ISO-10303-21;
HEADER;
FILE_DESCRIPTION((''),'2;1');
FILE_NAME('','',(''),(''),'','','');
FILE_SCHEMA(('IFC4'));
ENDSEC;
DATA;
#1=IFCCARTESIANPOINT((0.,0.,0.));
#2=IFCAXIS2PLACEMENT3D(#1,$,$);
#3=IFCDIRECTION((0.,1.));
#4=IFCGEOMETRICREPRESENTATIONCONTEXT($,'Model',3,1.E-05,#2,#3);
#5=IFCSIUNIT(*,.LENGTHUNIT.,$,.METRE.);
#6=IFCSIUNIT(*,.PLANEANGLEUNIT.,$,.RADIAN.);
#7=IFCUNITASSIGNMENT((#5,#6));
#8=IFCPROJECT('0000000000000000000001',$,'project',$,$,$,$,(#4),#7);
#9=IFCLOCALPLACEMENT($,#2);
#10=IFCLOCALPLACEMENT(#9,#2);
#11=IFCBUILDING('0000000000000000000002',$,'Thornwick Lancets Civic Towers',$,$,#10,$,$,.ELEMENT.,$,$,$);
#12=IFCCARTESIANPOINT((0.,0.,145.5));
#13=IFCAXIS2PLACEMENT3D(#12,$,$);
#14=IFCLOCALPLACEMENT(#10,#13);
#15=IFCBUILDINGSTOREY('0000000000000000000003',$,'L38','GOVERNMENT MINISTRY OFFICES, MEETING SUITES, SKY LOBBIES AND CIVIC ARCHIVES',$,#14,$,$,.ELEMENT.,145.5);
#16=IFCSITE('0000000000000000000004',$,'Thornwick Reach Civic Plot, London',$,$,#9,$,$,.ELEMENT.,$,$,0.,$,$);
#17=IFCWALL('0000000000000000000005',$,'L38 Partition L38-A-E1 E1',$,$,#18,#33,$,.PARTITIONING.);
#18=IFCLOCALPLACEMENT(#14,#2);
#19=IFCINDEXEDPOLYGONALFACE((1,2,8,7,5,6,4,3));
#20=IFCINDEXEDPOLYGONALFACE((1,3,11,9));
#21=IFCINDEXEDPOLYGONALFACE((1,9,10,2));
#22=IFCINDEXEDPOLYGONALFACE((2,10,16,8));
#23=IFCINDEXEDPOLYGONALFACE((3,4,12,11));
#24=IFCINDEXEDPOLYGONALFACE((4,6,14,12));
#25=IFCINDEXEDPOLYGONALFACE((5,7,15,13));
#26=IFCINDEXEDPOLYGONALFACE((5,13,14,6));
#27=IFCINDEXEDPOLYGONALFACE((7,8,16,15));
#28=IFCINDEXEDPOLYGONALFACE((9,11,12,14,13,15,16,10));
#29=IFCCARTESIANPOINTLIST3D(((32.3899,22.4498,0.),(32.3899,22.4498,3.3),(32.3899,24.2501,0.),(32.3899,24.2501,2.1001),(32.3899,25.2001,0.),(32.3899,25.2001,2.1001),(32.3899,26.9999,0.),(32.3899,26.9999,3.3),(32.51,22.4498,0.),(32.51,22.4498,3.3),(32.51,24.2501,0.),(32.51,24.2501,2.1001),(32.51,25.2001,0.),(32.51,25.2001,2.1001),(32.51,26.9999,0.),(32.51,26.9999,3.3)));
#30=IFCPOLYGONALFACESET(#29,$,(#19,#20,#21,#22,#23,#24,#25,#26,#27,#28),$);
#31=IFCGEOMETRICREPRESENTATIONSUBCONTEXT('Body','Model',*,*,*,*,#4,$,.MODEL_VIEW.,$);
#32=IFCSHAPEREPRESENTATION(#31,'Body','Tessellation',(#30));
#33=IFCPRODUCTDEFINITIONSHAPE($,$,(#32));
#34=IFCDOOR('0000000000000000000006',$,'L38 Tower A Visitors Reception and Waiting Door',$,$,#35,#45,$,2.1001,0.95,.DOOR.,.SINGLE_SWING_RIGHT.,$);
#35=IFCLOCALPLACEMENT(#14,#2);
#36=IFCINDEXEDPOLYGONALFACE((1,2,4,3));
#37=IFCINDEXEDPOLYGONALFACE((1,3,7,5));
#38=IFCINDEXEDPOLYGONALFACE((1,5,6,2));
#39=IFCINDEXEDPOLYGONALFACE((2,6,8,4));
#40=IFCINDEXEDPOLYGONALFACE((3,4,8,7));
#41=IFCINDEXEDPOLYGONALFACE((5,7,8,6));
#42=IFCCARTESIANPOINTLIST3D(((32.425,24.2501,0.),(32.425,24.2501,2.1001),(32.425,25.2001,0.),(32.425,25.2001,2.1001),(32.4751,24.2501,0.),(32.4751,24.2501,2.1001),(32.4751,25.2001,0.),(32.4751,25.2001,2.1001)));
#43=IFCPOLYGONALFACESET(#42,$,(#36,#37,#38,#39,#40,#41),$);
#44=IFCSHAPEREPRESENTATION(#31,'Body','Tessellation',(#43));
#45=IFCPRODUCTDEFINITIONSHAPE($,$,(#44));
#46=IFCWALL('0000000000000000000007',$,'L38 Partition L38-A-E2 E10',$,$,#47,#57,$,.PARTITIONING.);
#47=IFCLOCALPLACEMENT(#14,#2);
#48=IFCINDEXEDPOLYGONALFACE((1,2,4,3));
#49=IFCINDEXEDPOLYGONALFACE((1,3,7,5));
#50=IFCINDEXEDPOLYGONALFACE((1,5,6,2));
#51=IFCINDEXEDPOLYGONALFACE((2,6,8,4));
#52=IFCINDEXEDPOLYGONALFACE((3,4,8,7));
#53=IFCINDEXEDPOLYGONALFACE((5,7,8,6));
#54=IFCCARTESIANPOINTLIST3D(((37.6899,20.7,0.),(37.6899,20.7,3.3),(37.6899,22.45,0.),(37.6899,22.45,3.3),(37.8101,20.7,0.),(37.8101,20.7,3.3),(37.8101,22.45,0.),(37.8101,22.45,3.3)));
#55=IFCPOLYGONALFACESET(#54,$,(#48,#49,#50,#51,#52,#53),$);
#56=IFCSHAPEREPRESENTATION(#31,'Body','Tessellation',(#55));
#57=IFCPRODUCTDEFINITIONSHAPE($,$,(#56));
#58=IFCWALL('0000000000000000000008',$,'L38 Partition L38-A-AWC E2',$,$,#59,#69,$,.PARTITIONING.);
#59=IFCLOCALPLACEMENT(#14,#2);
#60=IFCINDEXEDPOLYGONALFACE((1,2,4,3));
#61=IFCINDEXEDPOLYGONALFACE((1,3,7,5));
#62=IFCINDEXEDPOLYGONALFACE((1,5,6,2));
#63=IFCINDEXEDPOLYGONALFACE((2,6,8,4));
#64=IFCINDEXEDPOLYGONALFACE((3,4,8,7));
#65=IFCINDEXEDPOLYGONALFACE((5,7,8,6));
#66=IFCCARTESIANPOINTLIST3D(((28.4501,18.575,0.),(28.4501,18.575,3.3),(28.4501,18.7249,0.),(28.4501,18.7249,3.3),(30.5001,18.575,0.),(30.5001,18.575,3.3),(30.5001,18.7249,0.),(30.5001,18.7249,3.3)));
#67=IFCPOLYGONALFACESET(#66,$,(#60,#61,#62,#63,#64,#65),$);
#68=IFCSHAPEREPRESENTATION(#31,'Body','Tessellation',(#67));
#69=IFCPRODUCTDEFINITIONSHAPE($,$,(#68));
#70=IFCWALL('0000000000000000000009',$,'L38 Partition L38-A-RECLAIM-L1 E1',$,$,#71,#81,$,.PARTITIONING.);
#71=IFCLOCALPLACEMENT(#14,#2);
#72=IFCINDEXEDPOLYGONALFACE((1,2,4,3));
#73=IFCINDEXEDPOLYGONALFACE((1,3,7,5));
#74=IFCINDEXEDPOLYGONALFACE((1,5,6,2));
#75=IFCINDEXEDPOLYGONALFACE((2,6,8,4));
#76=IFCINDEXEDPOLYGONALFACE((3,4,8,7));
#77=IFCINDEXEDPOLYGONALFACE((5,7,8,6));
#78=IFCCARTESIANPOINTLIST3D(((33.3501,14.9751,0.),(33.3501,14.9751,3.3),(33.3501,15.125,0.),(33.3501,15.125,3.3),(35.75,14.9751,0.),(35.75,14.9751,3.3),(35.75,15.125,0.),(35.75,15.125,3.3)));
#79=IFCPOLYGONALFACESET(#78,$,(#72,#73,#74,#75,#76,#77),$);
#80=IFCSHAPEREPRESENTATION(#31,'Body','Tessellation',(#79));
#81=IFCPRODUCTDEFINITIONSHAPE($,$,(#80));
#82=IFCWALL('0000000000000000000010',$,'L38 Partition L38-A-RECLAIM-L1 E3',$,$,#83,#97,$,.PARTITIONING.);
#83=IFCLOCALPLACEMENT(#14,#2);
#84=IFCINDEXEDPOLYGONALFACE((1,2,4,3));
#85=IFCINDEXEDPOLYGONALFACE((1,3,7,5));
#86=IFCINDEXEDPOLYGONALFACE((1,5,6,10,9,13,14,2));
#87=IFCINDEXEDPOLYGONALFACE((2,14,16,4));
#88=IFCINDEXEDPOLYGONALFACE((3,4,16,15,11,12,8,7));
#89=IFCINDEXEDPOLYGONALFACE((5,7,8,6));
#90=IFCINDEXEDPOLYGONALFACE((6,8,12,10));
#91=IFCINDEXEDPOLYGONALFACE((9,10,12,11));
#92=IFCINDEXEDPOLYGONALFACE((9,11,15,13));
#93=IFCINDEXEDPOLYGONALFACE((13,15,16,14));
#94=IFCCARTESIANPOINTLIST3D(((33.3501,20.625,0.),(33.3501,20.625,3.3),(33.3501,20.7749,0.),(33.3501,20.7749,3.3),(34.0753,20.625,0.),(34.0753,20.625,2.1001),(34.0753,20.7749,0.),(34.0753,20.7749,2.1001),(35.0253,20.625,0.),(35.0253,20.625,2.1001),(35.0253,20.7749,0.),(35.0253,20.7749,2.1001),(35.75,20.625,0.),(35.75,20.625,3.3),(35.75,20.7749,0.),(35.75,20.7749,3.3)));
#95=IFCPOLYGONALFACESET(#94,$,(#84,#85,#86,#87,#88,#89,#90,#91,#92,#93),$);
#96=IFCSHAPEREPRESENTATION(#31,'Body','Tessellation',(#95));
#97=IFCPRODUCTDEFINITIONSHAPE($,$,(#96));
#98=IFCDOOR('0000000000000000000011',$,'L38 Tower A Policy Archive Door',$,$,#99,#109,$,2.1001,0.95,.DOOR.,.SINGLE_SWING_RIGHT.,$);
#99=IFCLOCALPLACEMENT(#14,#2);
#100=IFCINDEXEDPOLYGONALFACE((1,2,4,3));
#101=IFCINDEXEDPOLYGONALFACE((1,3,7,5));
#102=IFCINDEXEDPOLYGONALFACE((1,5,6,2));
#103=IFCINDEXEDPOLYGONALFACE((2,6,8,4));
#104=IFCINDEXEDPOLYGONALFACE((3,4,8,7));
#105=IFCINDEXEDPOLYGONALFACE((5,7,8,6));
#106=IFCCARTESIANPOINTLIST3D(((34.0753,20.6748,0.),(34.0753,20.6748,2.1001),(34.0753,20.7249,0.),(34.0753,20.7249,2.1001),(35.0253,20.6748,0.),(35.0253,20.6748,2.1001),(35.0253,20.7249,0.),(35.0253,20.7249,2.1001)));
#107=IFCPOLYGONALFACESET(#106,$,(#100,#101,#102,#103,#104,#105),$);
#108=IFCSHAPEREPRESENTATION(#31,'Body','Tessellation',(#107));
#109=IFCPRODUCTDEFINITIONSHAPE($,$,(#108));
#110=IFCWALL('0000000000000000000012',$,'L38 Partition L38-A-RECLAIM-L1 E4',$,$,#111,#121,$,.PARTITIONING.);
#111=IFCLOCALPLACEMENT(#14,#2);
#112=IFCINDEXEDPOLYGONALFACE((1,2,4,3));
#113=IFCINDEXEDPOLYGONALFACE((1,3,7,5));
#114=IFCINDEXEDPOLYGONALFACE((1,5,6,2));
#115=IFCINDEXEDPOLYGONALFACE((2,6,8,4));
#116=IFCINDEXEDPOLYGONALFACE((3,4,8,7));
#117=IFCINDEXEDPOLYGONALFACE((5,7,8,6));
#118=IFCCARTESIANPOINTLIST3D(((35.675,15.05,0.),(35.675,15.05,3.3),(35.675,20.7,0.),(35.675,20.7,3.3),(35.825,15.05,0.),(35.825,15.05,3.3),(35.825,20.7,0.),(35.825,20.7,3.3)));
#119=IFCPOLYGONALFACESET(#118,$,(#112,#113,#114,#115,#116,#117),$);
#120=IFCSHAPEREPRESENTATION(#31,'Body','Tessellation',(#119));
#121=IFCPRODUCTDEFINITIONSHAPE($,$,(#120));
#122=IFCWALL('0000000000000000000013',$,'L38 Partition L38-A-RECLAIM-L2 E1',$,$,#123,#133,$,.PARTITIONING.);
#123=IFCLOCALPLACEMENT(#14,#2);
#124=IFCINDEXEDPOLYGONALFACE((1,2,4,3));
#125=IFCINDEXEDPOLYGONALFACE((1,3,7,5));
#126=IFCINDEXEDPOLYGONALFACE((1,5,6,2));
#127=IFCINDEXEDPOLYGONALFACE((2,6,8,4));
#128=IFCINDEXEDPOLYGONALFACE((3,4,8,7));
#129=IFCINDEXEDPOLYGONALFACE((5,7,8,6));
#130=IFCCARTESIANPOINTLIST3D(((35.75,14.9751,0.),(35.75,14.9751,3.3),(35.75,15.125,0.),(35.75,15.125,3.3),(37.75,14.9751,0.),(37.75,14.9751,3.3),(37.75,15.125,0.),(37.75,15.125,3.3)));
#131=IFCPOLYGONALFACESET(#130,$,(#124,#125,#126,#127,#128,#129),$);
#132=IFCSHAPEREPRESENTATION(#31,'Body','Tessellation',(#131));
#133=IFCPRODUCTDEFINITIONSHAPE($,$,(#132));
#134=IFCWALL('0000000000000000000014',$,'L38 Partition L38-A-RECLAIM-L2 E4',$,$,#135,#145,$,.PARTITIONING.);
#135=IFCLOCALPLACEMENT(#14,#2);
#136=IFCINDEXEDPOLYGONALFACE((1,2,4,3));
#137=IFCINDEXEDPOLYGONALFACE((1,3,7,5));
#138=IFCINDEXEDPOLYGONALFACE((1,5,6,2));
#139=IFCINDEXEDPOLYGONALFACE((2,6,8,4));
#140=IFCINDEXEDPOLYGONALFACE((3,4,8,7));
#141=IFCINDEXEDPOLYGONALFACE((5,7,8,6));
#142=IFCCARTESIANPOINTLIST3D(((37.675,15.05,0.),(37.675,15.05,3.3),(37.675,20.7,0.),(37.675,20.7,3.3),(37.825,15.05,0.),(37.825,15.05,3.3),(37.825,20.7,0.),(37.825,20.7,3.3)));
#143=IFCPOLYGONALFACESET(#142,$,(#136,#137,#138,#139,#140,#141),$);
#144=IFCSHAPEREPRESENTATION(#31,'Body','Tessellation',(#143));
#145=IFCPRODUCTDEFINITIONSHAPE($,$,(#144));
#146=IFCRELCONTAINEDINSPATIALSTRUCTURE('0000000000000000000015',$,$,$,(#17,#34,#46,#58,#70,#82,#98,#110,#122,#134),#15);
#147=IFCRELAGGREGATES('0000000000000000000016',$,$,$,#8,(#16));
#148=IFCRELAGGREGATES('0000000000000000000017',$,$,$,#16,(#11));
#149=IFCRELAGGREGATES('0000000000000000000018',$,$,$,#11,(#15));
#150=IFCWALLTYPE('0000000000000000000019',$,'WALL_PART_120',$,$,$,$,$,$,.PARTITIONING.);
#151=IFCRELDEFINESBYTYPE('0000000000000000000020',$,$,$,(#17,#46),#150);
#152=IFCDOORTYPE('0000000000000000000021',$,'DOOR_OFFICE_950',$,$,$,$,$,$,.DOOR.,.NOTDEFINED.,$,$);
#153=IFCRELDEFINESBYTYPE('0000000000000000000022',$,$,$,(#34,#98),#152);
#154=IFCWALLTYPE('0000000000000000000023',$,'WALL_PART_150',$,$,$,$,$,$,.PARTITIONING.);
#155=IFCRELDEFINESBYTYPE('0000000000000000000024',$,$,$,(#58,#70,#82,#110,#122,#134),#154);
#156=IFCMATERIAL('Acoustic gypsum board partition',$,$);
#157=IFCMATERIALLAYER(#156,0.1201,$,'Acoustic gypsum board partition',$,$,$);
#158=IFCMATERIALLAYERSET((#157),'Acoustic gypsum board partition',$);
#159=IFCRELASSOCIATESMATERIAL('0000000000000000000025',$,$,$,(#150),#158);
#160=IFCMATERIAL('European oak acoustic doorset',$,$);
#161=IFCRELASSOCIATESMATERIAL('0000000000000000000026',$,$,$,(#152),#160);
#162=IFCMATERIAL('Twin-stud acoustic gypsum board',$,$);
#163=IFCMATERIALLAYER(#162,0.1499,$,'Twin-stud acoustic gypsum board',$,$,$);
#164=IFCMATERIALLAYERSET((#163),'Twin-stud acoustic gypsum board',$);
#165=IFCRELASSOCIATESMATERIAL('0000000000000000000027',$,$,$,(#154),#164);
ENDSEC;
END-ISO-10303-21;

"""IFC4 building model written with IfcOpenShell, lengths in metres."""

from ifc_helpers import new_model, si_unit, direction, frame, frame_2d, origin, place, context, subcontext, project, spatial, rectangle, extrude, material, layer, layer_set, type_object, element, fill, save


model = new_model("IFC4")

# Units and contexts
model_context = context("Model", 3, precision=1e-05, world=origin(), true_north=direction((0.0, 1.0)))
body_context = subcontext(model_context, "Body", "Model", "MODEL_VIEW")
ifc_project = project(units=[si_unit("LENGTHUNIT", "METRE"), si_unit("PLANEANGLEUNIT", "RADIAN")], contexts=[model_context])

# Site, building, storey
site_placement = place(None, origin())
site = spatial("IfcSite", under=ifc_project, at=site_placement, Name="Thornwick Reach Civic Plot, London", CompositionType="ELEMENT", RefElevation=0.0)
building_placement = place(site_placement, origin())
building = spatial("IfcBuilding", under=site, at=building_placement, Name="Thornwick Lancets Civic Towers", CompositionType="ELEMENT")
storey_placement = place(building_placement, frame((0.0, 0.0, 145.5)))
storey = spatial("IfcBuildingStorey", under=building, at=storey_placement, Name="L38", Description="GOVERNMENT MINISTRY OFFICES, MEETING SUITES, SKY LOBBIES AND CIVIC ARCHIVES", CompositionType="ELEMENT", Elevation=145.5)

# Wall, opening, door
ifc_material_1 = material(Name="Acoustic gypsum board partition")
ifc_layer_1 = layer(ifc_material_1, 0.1201, Name="Acoustic gypsum board partition")
ifc_layer_set_1 = layer_set([ifc_layer_1], Name="Acoustic gypsum board partition")
wall_type_1 = type_object("IfcWallType", Name="WALL_PART_120", PredefinedType="PARTITIONING", material=ifc_layer_set_1)
wall_1_placement = place(storey_placement, frame((32.45, 22.45, 0.0), z_axis=(0.0, 0.0, 1.0), x_axis=(0.0, 1.0, 0.0)))
wall_1 = element("IfcWall", 1, at=wall_1_placement, inside=storey, type_object=wall_type_1, Name="L38 Partition L38-A-E1 E1", PredefinedType="PARTITIONING", context=body_context, shape_type="SweptSolid", body=[
    extrude(rectangle(XDim=4.55, YDim=0.1201, at=frame_2d((2.2749, 0.0))), origin(), (0.0, 0.0, 1.0), 3.3),
])
opening_1_placement = place(wall_1_placement, frame((1.8, 0.0, 0.0)))
opening_1 = element("IfcOpeningElement", 2, at=opening_1_placement, cuts=wall_1, PredefinedType="OPENING", context=body_context, shape_type="SweptSolid", body=[
    extrude(rectangle(XDim=0.95, YDim=2.1001, at=frame_2d((0.4751, 1.05))), frame((0.0, 0.0701, 0.0), z_axis=(0.0, -1.0, 0.0), x_axis=(1.0, 0.0, 0.0)), (0.0, 0.0, 1.0), 0.1401),
])
ifc_material_2 = material(Name="European oak acoustic doorset")
door_type_1 = type_object("IfcDoorType", Name="DOOR_OFFICE_950", OperationType="NOTDEFINED", PredefinedType="DOOR", material=ifc_material_2)
door_1_placement = place(opening_1_placement, origin())
door_1 = element("IfcDoor", 3, at=door_1_placement, inside=storey, type_object=door_type_1, Name="L38 Tower A Visitors Reception and Waiting Door", OperationType="SINGLE_SWING_RIGHT", OverallHeight=2.1001, OverallWidth=0.95, PredefinedType="DOOR", context=body_context, shape_type="SweptSolid", body=[
    extrude(rectangle(XDim=0.95, YDim=2.1001, at=frame_2d((0.4751, 1.05))), frame((0.0, 0.0249, 0.0), z_axis=(0.0, -1.0, 0.0), x_axis=(1.0, 0.0, 0.0)), (0.0, 0.0, 1.0), 0.05),
])
fill(opening_1, door_1)

# Walls
wall_2_placement = place(storey_placement, frame((37.75, 20.7, 0.0), z_axis=(0.0, 0.0, 1.0), x_axis=(0.0, 1.0, 0.0)))
element("IfcWall", 4, at=wall_2_placement, inside=storey, type_object=wall_type_1, Name="L38 Partition L38-A-E2 E10", PredefinedType="PARTITIONING", context=body_context, shape_type="SweptSolid", body=[
    extrude(rectangle(XDim=1.75, YDim=0.1201, at=frame_2d((0.875, 0.0))), origin(), (0.0, 0.0, 1.0), 3.3),
])
ifc_material_3 = material(Name="Twin-stud acoustic gypsum board")
ifc_layer_2 = layer(ifc_material_3, 0.1499, Name="Twin-stud acoustic gypsum board")
ifc_layer_set_2 = layer_set([ifc_layer_2], Name="Twin-stud acoustic gypsum board")
wall_type_2 = type_object("IfcWallType", Name="WALL_PART_150", PredefinedType="PARTITIONING", material=ifc_layer_set_2)
wall_3_placement = place(storey_placement, frame((30.5, 18.6499, 0.0), z_axis=(0.0, 0.0, 1.0), x_axis=(-1.0, 0.0, 0.0)))
element("IfcWall", 5, at=wall_3_placement, inside=storey, type_object=wall_type_2, Name="L38 Partition L38-A-AWC E2", PredefinedType="PARTITIONING", context=body_context, shape_type="SweptSolid", body=[
    extrude(rectangle(XDim=2.05, YDim=0.1499, at=frame_2d((1.0249, 0.0))), origin(), (0.0, 0.0, 1.0), 3.3),
])
wall_4_placement = place(storey_placement, frame((35.75, 15.05, 0.0), z_axis=(0.0, 0.0, 1.0), x_axis=(-1.0, 0.0, 0.0)))
element("IfcWall", 6, at=wall_4_placement, inside=storey, type_object=wall_type_2, Name="L38 Partition L38-A-RECLAIM-L1 E1", PredefinedType="PARTITIONING", context=body_context, shape_type="SweptSolid", body=[
    extrude(rectangle(XDim=2.3999, YDim=0.1499, at=frame_2d((1.2, 0.0))), origin(), (0.0, 0.0, 1.0), 3.3),
])

# Wall, opening, door
wall_5_placement = place(storey_placement, frame((33.3501, 20.7, 0.0), z_axis=(0.0, 0.0, 1.0), x_axis=(1.0, 0.0, 0.0)))
wall_5 = element("IfcWall", 7, at=wall_5_placement, inside=storey, type_object=wall_type_2, Name="L38 Partition L38-A-RECLAIM-L1 E3", PredefinedType="PARTITIONING", context=body_context, shape_type="SweptSolid", body=[
    extrude(rectangle(XDim=2.3999, YDim=0.1499, at=frame_2d((1.2, 0.0))), origin(), (0.0, 0.0, 1.0), 3.3),
])
opening_2_placement = place(wall_5_placement, frame((0.7251, 0.0, 0.0)))
opening_2 = element("IfcOpeningElement", 8, at=opening_2_placement, cuts=wall_5, PredefinedType="OPENING", context=body_context, shape_type="SweptSolid", body=[
    extrude(rectangle(XDim=0.95, YDim=2.1001, at=frame_2d((0.4751, 1.05))), frame((0.0, 0.085, 0.0), z_axis=(0.0, -1.0, 0.0), x_axis=(1.0, 0.0, 0.0)), (0.0, 0.0, 1.0), 0.1699),
])
door_2_placement = place(opening_2_placement, origin())
door_2 = element("IfcDoor", 9, at=door_2_placement, inside=storey, type_object=door_type_1, Name="L38 Tower A Policy Archive Door", OperationType="SINGLE_SWING_RIGHT", OverallHeight=2.1001, OverallWidth=0.95, PredefinedType="DOOR", context=body_context, shape_type="SweptSolid", body=[
    extrude(rectangle(XDim=0.95, YDim=2.1001, at=frame_2d((0.4751, 1.05))), frame((0.0, 0.0249, 0.0), z_axis=(0.0, -1.0, 0.0), x_axis=(1.0, 0.0, 0.0)), (0.0, 0.0, 1.0), 0.05),
])
fill(opening_2, door_2)

# Walls
wall_6_placement = place(storey_placement, frame((35.75, 20.7, 0.0), z_axis=(0.0, 0.0, 1.0), x_axis=(0.0, -1.0, 0.0)))
element("IfcWall", 10, at=wall_6_placement, inside=storey, type_object=wall_type_2, Name="L38 Partition L38-A-RECLAIM-L1 E4", PredefinedType="PARTITIONING", context=body_context, shape_type="SweptSolid", body=[
    extrude(rectangle(XDim=5.6499, YDim=0.1499, at=frame_2d((2.825, 0.0))), origin(), (0.0, 0.0, 1.0), 3.3),
])
wall_7_placement = place(storey_placement, frame((37.75, 15.05, 0.0), z_axis=(0.0, 0.0, 1.0), x_axis=(-1.0, 0.0, 0.0)))
element("IfcWall", 11, at=wall_7_placement, inside=storey, type_object=wall_type_2, Name="L38 Partition L38-A-RECLAIM-L2 E1", PredefinedType="PARTITIONING", context=body_context, shape_type="SweptSolid", body=[
    extrude(rectangle(XDim=2.0, YDim=0.1499, at=frame_2d((1.0, 0.0))), origin(), (0.0, 0.0, 1.0), 3.3),
])

# Wall
wall_8_placement = place(storey_placement, frame((37.75, 20.7, 0.0), z_axis=(0.0, 0.0, 1.0), x_axis=(0.0, -1.0, 0.0)))
element("IfcWall", 12, at=wall_8_placement, inside=storey, type_object=wall_type_2, Name="L38 Partition L38-A-RECLAIM-L2 E4", PredefinedType="PARTITIONING", context=body_context, shape_type="SweptSolid", body=[
    extrude(rectangle(XDim=5.6499, YDim=0.1499, at=frame_2d((2.825, 0.0))), origin(), (0.0, 0.0, 1.0), 3.3),
])

save(model, "model.ifc")
